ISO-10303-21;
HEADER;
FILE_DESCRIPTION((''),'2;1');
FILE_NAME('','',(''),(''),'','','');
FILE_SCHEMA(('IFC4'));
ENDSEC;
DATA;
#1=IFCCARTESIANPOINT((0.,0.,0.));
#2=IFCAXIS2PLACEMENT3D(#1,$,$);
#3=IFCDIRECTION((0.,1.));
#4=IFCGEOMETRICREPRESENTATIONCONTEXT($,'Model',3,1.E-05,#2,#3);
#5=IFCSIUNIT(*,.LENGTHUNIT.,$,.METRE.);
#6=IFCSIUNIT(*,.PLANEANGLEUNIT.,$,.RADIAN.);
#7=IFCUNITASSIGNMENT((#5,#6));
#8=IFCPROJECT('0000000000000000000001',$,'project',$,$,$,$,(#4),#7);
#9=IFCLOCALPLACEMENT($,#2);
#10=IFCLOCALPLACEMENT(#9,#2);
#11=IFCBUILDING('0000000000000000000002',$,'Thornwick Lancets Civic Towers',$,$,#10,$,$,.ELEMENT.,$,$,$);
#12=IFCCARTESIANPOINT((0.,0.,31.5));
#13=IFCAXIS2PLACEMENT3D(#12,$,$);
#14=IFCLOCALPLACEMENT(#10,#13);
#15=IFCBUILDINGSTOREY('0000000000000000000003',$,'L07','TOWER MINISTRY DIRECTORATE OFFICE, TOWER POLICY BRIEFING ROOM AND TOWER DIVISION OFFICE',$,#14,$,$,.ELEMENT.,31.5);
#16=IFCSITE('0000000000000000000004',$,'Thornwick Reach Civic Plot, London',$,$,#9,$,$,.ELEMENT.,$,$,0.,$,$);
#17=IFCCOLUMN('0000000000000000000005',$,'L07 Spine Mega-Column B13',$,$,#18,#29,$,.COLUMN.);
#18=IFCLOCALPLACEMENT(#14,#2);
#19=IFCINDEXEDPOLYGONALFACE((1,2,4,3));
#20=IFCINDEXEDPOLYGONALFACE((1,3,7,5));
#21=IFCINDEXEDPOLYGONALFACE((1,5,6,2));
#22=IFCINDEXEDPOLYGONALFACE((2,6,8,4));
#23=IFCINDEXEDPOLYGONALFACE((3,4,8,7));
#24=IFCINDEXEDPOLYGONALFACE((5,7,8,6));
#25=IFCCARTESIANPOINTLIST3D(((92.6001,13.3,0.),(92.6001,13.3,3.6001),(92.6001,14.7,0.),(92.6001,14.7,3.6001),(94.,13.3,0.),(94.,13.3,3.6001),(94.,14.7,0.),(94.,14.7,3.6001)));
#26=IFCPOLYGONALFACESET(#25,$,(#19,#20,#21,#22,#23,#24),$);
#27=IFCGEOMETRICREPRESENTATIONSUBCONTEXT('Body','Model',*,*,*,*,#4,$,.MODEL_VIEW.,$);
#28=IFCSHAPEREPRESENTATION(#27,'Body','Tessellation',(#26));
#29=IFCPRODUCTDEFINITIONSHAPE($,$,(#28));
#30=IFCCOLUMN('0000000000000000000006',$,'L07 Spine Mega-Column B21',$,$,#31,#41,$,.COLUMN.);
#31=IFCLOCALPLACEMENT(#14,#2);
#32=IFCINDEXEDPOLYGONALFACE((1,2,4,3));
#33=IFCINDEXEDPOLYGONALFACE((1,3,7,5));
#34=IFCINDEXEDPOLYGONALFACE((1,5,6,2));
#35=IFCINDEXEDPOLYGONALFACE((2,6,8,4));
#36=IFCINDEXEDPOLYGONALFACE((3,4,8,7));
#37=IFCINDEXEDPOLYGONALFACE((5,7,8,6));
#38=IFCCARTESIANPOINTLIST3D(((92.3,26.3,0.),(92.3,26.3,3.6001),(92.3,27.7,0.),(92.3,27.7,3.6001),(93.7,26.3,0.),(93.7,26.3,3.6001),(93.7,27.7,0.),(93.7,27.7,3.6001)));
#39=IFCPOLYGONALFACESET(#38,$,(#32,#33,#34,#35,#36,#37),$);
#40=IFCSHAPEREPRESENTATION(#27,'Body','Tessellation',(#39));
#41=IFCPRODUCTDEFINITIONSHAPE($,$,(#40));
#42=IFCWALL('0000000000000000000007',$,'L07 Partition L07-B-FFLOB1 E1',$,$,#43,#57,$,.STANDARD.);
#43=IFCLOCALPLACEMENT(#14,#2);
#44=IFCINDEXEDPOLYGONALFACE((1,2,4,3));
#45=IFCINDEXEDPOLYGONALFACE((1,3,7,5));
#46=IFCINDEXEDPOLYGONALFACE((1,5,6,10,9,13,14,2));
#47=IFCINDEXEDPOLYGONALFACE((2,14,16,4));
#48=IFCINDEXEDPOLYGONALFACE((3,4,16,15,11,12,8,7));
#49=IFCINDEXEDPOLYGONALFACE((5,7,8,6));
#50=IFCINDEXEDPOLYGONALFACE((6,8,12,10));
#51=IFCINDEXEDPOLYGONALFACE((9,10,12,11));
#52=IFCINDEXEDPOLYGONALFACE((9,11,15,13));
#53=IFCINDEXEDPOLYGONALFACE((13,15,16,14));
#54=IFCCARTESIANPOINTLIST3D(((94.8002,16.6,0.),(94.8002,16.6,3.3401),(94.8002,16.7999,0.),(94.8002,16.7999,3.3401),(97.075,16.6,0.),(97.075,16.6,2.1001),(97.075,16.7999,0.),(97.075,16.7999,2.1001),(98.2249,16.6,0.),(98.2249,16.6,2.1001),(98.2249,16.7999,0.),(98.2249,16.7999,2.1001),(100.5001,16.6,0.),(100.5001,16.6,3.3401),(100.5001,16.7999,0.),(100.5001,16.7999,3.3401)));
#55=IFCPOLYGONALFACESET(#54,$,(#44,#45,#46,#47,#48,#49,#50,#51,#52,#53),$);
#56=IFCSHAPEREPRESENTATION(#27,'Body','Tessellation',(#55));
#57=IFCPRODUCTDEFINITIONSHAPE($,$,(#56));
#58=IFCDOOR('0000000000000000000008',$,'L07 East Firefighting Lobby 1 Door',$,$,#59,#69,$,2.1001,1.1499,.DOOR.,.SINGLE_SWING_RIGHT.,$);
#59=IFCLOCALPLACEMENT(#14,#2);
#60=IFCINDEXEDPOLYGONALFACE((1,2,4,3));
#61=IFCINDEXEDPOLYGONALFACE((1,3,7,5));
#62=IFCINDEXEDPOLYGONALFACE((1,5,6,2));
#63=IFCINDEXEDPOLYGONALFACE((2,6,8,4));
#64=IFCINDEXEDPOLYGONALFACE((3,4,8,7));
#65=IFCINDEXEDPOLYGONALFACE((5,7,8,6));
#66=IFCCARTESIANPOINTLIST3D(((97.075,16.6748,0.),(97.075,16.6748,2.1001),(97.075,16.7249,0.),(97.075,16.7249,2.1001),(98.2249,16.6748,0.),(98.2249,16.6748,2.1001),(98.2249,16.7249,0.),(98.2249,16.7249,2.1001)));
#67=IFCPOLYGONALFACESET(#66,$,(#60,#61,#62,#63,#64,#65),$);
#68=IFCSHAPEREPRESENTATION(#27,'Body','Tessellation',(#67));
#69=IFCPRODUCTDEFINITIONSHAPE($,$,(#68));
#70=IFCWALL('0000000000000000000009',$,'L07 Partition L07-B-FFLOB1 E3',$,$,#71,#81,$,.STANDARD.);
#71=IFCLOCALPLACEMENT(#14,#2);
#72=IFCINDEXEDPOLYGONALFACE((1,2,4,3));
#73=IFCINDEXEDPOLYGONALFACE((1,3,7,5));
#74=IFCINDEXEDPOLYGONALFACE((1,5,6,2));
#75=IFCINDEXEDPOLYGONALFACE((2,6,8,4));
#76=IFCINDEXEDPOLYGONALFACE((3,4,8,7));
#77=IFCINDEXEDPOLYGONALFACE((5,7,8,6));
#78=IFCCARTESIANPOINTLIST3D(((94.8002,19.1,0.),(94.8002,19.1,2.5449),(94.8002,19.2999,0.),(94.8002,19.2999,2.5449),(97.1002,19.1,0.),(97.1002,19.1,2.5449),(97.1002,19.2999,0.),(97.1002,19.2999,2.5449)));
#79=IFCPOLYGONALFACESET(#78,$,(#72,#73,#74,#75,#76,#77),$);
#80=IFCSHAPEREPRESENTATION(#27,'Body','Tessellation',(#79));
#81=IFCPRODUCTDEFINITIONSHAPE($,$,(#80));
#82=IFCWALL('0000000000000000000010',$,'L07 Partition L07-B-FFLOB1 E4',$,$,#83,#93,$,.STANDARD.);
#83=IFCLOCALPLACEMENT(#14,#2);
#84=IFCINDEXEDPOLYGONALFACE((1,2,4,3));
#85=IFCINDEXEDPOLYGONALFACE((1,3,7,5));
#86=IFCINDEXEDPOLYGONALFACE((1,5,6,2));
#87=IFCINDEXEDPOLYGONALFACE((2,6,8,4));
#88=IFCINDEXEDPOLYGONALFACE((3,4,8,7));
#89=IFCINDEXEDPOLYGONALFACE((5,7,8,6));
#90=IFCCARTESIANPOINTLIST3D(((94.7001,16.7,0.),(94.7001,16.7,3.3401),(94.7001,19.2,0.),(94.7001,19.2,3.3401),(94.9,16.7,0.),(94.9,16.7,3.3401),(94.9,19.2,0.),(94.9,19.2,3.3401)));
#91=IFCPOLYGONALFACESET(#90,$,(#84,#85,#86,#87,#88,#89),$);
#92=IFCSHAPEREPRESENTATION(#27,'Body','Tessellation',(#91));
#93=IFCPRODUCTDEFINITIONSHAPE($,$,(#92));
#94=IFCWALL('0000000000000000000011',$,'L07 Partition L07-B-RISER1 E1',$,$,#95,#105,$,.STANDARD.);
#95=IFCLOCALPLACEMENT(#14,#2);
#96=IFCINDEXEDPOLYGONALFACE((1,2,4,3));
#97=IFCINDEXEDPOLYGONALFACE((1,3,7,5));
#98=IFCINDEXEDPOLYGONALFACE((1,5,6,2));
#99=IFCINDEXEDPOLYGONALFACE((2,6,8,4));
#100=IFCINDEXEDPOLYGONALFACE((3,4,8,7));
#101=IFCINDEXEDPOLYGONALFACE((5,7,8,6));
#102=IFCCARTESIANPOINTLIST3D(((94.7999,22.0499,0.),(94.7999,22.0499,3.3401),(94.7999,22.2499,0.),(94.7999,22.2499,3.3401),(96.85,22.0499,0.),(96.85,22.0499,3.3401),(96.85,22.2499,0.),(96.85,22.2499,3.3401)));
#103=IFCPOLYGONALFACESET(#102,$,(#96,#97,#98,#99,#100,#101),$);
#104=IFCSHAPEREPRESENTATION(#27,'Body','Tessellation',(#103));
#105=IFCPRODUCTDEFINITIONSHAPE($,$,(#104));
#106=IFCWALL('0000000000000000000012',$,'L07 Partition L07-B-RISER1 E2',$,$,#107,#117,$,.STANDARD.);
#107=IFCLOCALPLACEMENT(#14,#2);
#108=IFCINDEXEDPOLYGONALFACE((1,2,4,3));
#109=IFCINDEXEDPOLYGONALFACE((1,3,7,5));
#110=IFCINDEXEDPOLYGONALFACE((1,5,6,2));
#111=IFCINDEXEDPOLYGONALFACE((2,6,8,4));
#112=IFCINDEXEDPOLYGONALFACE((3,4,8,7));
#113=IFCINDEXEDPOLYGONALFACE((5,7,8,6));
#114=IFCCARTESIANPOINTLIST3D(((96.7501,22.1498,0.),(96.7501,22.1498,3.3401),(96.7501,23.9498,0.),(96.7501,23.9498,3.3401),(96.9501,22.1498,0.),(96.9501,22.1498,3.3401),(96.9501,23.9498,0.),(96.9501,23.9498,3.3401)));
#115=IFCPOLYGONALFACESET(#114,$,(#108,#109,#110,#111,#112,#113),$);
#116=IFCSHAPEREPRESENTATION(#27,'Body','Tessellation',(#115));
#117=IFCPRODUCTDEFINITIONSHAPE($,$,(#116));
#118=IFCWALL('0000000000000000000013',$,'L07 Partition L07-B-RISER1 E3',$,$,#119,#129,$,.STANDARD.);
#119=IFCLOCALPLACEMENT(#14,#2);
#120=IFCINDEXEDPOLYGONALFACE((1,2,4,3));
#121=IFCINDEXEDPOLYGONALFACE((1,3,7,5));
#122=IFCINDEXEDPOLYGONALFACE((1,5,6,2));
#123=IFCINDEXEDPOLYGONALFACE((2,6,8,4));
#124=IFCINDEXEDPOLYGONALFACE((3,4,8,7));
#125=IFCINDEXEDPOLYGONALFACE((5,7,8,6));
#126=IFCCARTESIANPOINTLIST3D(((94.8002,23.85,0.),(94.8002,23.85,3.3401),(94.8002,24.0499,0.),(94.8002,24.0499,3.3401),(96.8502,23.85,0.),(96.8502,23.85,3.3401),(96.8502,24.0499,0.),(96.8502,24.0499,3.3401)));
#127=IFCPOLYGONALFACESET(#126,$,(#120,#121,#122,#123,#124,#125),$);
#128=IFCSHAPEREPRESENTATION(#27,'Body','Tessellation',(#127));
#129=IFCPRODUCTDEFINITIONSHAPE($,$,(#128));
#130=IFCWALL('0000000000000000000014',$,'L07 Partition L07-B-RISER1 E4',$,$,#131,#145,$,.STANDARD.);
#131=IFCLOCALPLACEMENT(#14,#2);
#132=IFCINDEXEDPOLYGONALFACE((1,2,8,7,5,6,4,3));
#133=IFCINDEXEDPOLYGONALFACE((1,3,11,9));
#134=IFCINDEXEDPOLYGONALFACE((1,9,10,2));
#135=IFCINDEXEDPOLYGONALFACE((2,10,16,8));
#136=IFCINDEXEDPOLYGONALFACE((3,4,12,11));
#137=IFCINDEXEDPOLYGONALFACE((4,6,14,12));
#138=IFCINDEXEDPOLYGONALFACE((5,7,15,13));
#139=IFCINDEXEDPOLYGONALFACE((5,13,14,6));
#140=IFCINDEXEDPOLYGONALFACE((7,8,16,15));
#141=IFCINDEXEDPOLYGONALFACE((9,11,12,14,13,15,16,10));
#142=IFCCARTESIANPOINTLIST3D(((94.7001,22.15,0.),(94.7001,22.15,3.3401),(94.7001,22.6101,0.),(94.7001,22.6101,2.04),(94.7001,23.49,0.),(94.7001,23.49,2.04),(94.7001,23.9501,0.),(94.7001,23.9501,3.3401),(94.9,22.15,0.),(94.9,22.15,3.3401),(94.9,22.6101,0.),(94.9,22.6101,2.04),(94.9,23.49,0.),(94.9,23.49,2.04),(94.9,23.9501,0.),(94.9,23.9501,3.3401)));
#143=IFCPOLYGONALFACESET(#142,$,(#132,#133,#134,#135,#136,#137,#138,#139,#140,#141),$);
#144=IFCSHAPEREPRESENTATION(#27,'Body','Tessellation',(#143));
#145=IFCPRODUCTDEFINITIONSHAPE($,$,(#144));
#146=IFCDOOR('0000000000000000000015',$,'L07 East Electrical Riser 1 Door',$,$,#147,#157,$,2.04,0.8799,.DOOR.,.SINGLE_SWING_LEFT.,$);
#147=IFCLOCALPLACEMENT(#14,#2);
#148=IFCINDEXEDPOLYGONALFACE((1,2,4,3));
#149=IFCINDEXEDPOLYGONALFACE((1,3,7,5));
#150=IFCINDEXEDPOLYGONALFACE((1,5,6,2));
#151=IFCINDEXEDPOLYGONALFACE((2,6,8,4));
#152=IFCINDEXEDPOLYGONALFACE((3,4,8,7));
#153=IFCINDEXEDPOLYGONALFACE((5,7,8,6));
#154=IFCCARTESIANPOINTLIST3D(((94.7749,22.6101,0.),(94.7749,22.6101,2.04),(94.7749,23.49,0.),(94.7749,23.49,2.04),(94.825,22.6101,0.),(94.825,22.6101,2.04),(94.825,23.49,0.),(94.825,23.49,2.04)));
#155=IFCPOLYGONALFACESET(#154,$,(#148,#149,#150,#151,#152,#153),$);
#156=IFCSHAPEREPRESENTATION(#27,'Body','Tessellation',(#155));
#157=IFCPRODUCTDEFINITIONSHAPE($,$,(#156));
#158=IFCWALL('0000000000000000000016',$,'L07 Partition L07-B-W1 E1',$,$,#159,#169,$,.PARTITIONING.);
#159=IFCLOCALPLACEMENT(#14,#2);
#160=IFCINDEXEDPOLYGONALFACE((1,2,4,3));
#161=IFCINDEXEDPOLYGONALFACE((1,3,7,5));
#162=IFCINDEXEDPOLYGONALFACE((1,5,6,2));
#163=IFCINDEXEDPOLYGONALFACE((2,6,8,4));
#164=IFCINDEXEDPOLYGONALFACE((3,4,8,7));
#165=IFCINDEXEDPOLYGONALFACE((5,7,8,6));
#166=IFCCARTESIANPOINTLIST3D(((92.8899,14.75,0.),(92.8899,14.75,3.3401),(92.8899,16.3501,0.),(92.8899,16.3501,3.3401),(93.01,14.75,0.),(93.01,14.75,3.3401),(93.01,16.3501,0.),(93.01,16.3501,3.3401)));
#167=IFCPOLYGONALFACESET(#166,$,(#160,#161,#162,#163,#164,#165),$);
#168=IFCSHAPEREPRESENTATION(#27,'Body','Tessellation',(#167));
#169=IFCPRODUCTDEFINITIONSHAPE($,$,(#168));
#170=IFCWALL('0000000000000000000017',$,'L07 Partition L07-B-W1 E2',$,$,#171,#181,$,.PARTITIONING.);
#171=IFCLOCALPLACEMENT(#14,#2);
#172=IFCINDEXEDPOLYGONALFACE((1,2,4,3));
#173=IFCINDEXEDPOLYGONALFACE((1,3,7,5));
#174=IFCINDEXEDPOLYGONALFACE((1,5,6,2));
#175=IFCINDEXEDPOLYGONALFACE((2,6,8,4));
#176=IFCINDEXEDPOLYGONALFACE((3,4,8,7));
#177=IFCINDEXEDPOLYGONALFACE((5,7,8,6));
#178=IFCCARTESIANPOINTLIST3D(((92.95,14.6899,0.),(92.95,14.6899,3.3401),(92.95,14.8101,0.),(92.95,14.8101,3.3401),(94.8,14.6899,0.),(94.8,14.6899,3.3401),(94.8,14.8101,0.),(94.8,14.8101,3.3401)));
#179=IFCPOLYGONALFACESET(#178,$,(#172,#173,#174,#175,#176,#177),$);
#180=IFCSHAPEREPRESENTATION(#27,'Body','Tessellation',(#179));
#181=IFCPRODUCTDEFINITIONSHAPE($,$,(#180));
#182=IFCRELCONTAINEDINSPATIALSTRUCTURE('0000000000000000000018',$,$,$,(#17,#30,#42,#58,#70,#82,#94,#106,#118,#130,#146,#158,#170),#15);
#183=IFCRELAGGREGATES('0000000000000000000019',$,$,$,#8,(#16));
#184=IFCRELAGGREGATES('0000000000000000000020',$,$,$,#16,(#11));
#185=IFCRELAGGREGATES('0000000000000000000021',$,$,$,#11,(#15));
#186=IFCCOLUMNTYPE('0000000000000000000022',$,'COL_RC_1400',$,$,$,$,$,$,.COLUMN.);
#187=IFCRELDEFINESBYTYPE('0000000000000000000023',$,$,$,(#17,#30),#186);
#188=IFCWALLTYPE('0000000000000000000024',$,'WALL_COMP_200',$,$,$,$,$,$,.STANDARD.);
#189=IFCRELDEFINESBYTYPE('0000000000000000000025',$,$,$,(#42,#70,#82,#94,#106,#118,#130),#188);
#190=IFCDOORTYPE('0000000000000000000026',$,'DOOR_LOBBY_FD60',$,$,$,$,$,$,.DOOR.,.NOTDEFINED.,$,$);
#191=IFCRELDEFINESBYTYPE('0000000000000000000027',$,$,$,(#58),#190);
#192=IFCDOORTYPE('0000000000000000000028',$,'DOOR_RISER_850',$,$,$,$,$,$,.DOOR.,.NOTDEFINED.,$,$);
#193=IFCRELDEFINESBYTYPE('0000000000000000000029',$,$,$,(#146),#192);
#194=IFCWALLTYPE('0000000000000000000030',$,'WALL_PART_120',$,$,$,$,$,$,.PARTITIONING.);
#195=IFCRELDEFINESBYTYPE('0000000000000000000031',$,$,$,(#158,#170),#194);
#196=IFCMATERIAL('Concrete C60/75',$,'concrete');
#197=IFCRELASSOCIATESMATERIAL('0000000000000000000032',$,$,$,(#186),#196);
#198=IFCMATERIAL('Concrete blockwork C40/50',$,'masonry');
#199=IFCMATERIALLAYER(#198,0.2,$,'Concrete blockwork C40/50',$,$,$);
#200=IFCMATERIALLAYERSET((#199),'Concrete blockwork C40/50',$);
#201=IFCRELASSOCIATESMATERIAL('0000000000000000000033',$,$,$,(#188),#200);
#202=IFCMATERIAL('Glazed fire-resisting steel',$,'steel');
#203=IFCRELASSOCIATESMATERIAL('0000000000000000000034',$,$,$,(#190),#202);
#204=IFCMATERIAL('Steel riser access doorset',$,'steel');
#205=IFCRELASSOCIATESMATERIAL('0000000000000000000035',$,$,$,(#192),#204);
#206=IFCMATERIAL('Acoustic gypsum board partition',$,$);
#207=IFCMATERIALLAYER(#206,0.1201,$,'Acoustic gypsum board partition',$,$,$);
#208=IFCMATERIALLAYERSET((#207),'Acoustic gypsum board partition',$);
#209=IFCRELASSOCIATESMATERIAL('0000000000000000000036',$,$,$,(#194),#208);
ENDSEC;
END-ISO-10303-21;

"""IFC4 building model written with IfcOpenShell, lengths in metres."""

from ifc_helpers import new_model, si_unit, direction, frame, frame_2d, origin, origin_2d, place, context, subcontext, project, spatial, rectangle, extrude, material, layer, layer_set, material_profile, profile_set, type_object, element, fill, save


model = new_model("IFC4")

# Units and contexts
model_context = context("Model", 3, precision=1e-05, world=origin(), true_north=direction((0.0, 1.0)))
body_context = subcontext(model_context, "Body", "Model", "MODEL_VIEW")
ifc_project = project(units=[si_unit("LENGTHUNIT", "METRE"), si_unit("PLANEANGLEUNIT", "RADIAN")], contexts=[model_context])

# Site, building, storey
site_placement = place(None, origin())
site = spatial("IfcSite", under=ifc_project, at=site_placement, Name="Thornwick Reach Civic Plot, London", CompositionType="ELEMENT", RefElevation=0.0)
building_placement = place(site_placement, origin())
building = spatial("IfcBuilding", under=site, at=building_placement, Name="Thornwick Lancets Civic Towers", CompositionType="ELEMENT")
storey_placement = place(building_placement, frame((0.0, 0.0, 31.5)))
storey = spatial("IfcBuildingStorey", under=building, at=storey_placement, Name="L07", Description="TOWER MINISTRY DIRECTORATE OFFICE, TOWER POLICY BRIEFING ROOM AND TOWER DIVISION OFFICE", CompositionType="ELEMENT", Elevation=31.5)

# Columns
ifc_material_1 = material(Name="Concrete C60/75", Category="concrete")
ifc_material_profile = material_profile(ifc_material_1, rectangle(XDim=1.3999, YDim=1.3999, at=origin_2d()), Name="RC 1400x1400")
ifc_profile_set = profile_set([ifc_material_profile], Name="Concrete C60/75")
column_type = type_object("IfcColumnType", Name="COL_RC_1400", PredefinedType="COLUMN", material=ifc_profile_set)
for number, where, z_axis, x_axis, name in (
    (1, (93.3, 14.0, 0.0), (0.0, 0.0, 1.0), (1.0, 0.0, 0.0), "L07 Spine Mega-Column B13"),
    (2, (93.0, 27.0, 0.0), (0.0, 0.0, 1.0), (1.0, 0.0, 0.0), "L07 Spine Mega-Column B21"),
):
    element("IfcColumn", number, at=place(storey_placement, frame(where, z_axis=z_axis, x_axis=x_axis)), inside=storey, type_object=column_type, Name=name, PredefinedType="COLUMN", context=body_context, shape_type="SweptSolid", body=[
        extrude(rectangle(XDim=1.3999, YDim=1.3999, at=origin_2d()), origin(), (0.0, 0.0, 1.0), 3.6001),
    ])

# Wall, opening, door
ifc_material_2 = material(Name="Concrete blockwork C40/50", Category="masonry")
ifc_layer_1 = layer(ifc_material_2, 0.2, Name="Concrete blockwork C40/50")
ifc_layer_set_1 = layer_set([ifc_layer_1], Name="Concrete blockwork C40/50")
wall_type_1 = type_object("IfcWallType", Name="WALL_COMP_200", PredefinedType="STANDARD", material=ifc_layer_set_1)
wall_1_placement = place(storey_placement, frame((94.8, 16.7, 0.0), z_axis=(0.0, 0.0, 1.0), x_axis=(1.0, 0.0, 0.0)))
wall_1 = element("IfcWall", 3, at=wall_1_placement, inside=storey, type_object=wall_type_1, Name="L07 Partition L07-B-FFLOB1 E1", PredefinedType="STANDARD", context=body_context, shape_type="SweptSolid", body=[
    extrude(rectangle(XDim=5.7, YDim=0.2, at=frame_2d((2.8501, 0.0))), origin(), (0.0, 0.0, 1.0), 3.3401),
])
opening_1_placement = place(wall_1_placement, frame((2.2749, 0.0, 0.0)))
opening_1 = element("IfcOpeningElement", 4, at=opening_1_placement, cuts=wall_1, PredefinedType="OPENING", context=body_context, shape_type="SweptSolid", body=[
    extrude(rectangle(XDim=1.1499, YDim=2.1001, at=frame_2d((0.575, 1.05))), frame((0.0, 0.1099, 0.0), z_axis=(0.0, -1.0, 0.0), x_axis=(1.0, 0.0, 0.0)), (0.0, 0.0, 1.0), 0.22),
])
ifc_material_3 = material(Name="Glazed fire-resisting steel", Category="steel")
door_type_1 = type_object("IfcDoorType", Name="DOOR_LOBBY_FD60", OperationType="NOTDEFINED", PredefinedType="DOOR", material=ifc_material_3)
door_1_placement = place(opening_1_placement, origin())
door_1 = element("IfcDoor", 5, at=door_1_placement, inside=storey, type_object=door_type_1, Name="L07 East Firefighting Lobby 1 Door", OperationType="SINGLE_SWING_RIGHT", OverallHeight=2.1001, OverallWidth=1.1499, PredefinedType="DOOR", context=body_context, shape_type="SweptSolid", body=[
    extrude(rectangle(XDim=1.1499, YDim=2.1001, at=frame_2d((0.575, 1.05))), frame((0.0, 0.0249, 0.0), z_axis=(0.0, -1.0, 0.0), x_axis=(1.0, 0.0, 0.0)), (0.0, 0.0, 1.0), 0.05),
])
fill(opening_1, door_1)

# Walls
wall_2_placement = place(storey_placement, frame((97.1001, 19.2, 0.0), z_axis=(0.0, 0.0, 1.0), x_axis=(-1.0, 0.0, 0.0)))
element("IfcWall", 6, at=wall_2_placement, inside=storey, type_object=wall_type_1, Name="L07 Partition L07-B-FFLOB1 E3", PredefinedType="STANDARD", context=body_context, shape_type="SweptSolid", body=[
    extrude(rectangle(XDim=2.3, YDim=0.2, at=frame_2d((1.1499, 0.0))), origin(), (0.0, 0.0, 1.0), 2.5449),
])
wall_3_placement = place(storey_placement, frame((94.8, 19.2, 0.0), z_axis=(0.0, 0.0, 1.0), x_axis=(0.0, -1.0, 0.0)))
element("IfcWall", 7, at=wall_3_placement, inside=storey, type_object=wall_type_1, Name="L07 Partition L07-B-FFLOB1 E4", PredefinedType="STANDARD", context=body_context, shape_type="SweptSolid", body=[
    extrude(rectangle(XDim=2.5, YDim=0.2, at=frame_2d((1.25, 0.0))), origin(), (0.0, 0.0, 1.0), 3.3401),
])
wall_4_placement = place(storey_placement, frame((94.8, 22.1499, 0.0), z_axis=(0.0, 0.0, 1.0), x_axis=(1.0, 0.0, 0.0)))
element("IfcWall", 8, at=wall_4_placement, inside=storey, type_object=wall_type_1, Name="L07 Partition L07-B-RISER1 E1", PredefinedType="STANDARD", context=body_context, shape_type="SweptSolid", body=[
    extrude(rectangle(XDim=2.05, YDim=0.2, at=frame_2d((1.0249, 0.0))), origin(), (0.0, 0.0, 1.0), 3.3401),
])
wall_5_placement = place(storey_placement, frame((96.8501, 22.1499, 0.0), z_axis=(0.0, 0.0, 1.0), x_axis=(0.0, 1.0, 0.0)))
element("IfcWall", 9, at=wall_5_placement, inside=storey, type_object=wall_type_1, Name="L07 Partition L07-B-RISER1 E2", PredefinedType="STANDARD", context=body_context, shape_type="SweptSolid", body=[
    extrude(rectangle(XDim=1.8, YDim=0.2, at=frame_2d((0.8999, 0.0))), origin(), (0.0, 0.0, 1.0), 3.3401),
])
wall_6_placement = place(storey_placement, frame((96.8501, 23.95, 0.0), z_axis=(0.0, 0.0, 1.0), x_axis=(-1.0, 0.0, 0.0)))
element("IfcWall", 10, at=wall_6_placement, inside=storey, type_object=wall_type_1, Name="L07 Partition L07-B-RISER1 E3", PredefinedType="STANDARD", context=body_context, shape_type="SweptSolid", body=[
    extrude(rectangle(XDim=2.05, YDim=0.2, at=frame_2d((1.0249, 0.0))), origin(), (0.0, 0.0, 1.0), 3.3401),
])

# Wall, opening, door
wall_7_placement = place(storey_placement, frame((94.8, 23.95, 0.0), z_axis=(0.0, 0.0, 1.0), x_axis=(0.0, -1.0, 0.0)))
wall_7 = element("IfcWall", 11, at=wall_7_placement, inside=storey, type_object=wall_type_1, Name="L07 Partition L07-B-RISER1 E4", PredefinedType="STANDARD", context=body_context, shape_type="SweptSolid", body=[
    extrude(rectangle(XDim=1.8, YDim=0.2, at=frame_2d((0.8999, 0.0))), origin(), (0.0, 0.0, 1.0), 3.3401),
])
opening_2_placement = place(wall_7_placement, frame((0.46, 0.0, 0.0)))
opening_2 = element("IfcOpeningElement", 12, at=opening_2_placement, cuts=wall_7, PredefinedType="OPENING", context=body_context, shape_type="SweptSolid", body=[
    extrude(rectangle(XDim=0.8799, YDim=2.04, at=frame_2d((0.4399, 1.02))), frame((0.0, 0.1099, 0.0), z_axis=(0.0, -1.0, 0.0), x_axis=(1.0, 0.0, 0.0)), (0.0, 0.0, 1.0), 0.22),
])
ifc_material_4 = material(Name="Steel riser access doorset", Category="steel")
door_type_2 = type_object("IfcDoorType", Name="DOOR_RISER_850", OperationType="NOTDEFINED", PredefinedType="DOOR", material=ifc_material_4)
door_2_placement = place(opening_2_placement, origin())
door_2 = element("IfcDoor", 13, at=door_2_placement, inside=storey, type_object=door_type_2, Name="L07 East Electrical Riser 1 Door", OperationType="SINGLE_SWING_LEFT", OverallHeight=2.04, OverallWidth=0.8799, PredefinedType="DOOR", context=body_context, shape_type="SweptSolid", body=[
    extrude(rectangle(XDim=0.8799, YDim=2.04, at=frame_2d((0.4399, 1.02))), frame((0.0, 0.0249, 0.0), z_axis=(0.0, -1.0, 0.0), x_axis=(1.0, 0.0, 0.0)), (0.0, 0.0, 1.0), 0.05),
])
fill(opening_2, door_2)

# Walls
ifc_material_5 = material(Name="Acoustic gypsum board partition")
ifc_layer_2 = layer(ifc_material_5, 0.1201, Name="Acoustic gypsum board partition")
ifc_layer_set_2 = layer_set([ifc_layer_2], Name="Acoustic gypsum board partition")
wall_type_2 = type_object("IfcWallType", Name="WALL_PART_120", PredefinedType="PARTITIONING", material=ifc_layer_set_2)
wall_8_placement = place(storey_placement, frame((92.95, 16.3501, 0.0), z_axis=(0.0, 0.0, 1.0), x_axis=(0.0, -1.0, 0.0)))
element("IfcWall", 14, at=wall_8_placement, inside=storey, type_object=wall_type_2, Name="L07 Partition L07-B-W1 E1", PredefinedType="PARTITIONING", context=body_context, shape_type="SweptSolid", body=[
    extrude(rectangle(XDim=1.6001, YDim=0.1201, at=frame_2d((0.8, 0.0))), origin(), (0.0, 0.0, 1.0), 3.3401),
])
wall_9_placement = place(storey_placement, frame((92.95, 14.75, 0.0), z_axis=(0.0, 0.0, 1.0), x_axis=(1.0, 0.0, 0.0)))
element("IfcWall", 15, at=wall_9_placement, inside=storey, type_object=wall_type_2, Name="L07 Partition L07-B-W1 E2", PredefinedType="PARTITIONING", context=body_context, shape_type="SweptSolid", body=[
    extrude(rectangle(XDim=1.8501, YDim=0.1201, at=frame_2d((0.925, 0.0))), origin(), (0.0, 0.0, 1.0), 3.3401),
])

save(model, "model.ifc")
